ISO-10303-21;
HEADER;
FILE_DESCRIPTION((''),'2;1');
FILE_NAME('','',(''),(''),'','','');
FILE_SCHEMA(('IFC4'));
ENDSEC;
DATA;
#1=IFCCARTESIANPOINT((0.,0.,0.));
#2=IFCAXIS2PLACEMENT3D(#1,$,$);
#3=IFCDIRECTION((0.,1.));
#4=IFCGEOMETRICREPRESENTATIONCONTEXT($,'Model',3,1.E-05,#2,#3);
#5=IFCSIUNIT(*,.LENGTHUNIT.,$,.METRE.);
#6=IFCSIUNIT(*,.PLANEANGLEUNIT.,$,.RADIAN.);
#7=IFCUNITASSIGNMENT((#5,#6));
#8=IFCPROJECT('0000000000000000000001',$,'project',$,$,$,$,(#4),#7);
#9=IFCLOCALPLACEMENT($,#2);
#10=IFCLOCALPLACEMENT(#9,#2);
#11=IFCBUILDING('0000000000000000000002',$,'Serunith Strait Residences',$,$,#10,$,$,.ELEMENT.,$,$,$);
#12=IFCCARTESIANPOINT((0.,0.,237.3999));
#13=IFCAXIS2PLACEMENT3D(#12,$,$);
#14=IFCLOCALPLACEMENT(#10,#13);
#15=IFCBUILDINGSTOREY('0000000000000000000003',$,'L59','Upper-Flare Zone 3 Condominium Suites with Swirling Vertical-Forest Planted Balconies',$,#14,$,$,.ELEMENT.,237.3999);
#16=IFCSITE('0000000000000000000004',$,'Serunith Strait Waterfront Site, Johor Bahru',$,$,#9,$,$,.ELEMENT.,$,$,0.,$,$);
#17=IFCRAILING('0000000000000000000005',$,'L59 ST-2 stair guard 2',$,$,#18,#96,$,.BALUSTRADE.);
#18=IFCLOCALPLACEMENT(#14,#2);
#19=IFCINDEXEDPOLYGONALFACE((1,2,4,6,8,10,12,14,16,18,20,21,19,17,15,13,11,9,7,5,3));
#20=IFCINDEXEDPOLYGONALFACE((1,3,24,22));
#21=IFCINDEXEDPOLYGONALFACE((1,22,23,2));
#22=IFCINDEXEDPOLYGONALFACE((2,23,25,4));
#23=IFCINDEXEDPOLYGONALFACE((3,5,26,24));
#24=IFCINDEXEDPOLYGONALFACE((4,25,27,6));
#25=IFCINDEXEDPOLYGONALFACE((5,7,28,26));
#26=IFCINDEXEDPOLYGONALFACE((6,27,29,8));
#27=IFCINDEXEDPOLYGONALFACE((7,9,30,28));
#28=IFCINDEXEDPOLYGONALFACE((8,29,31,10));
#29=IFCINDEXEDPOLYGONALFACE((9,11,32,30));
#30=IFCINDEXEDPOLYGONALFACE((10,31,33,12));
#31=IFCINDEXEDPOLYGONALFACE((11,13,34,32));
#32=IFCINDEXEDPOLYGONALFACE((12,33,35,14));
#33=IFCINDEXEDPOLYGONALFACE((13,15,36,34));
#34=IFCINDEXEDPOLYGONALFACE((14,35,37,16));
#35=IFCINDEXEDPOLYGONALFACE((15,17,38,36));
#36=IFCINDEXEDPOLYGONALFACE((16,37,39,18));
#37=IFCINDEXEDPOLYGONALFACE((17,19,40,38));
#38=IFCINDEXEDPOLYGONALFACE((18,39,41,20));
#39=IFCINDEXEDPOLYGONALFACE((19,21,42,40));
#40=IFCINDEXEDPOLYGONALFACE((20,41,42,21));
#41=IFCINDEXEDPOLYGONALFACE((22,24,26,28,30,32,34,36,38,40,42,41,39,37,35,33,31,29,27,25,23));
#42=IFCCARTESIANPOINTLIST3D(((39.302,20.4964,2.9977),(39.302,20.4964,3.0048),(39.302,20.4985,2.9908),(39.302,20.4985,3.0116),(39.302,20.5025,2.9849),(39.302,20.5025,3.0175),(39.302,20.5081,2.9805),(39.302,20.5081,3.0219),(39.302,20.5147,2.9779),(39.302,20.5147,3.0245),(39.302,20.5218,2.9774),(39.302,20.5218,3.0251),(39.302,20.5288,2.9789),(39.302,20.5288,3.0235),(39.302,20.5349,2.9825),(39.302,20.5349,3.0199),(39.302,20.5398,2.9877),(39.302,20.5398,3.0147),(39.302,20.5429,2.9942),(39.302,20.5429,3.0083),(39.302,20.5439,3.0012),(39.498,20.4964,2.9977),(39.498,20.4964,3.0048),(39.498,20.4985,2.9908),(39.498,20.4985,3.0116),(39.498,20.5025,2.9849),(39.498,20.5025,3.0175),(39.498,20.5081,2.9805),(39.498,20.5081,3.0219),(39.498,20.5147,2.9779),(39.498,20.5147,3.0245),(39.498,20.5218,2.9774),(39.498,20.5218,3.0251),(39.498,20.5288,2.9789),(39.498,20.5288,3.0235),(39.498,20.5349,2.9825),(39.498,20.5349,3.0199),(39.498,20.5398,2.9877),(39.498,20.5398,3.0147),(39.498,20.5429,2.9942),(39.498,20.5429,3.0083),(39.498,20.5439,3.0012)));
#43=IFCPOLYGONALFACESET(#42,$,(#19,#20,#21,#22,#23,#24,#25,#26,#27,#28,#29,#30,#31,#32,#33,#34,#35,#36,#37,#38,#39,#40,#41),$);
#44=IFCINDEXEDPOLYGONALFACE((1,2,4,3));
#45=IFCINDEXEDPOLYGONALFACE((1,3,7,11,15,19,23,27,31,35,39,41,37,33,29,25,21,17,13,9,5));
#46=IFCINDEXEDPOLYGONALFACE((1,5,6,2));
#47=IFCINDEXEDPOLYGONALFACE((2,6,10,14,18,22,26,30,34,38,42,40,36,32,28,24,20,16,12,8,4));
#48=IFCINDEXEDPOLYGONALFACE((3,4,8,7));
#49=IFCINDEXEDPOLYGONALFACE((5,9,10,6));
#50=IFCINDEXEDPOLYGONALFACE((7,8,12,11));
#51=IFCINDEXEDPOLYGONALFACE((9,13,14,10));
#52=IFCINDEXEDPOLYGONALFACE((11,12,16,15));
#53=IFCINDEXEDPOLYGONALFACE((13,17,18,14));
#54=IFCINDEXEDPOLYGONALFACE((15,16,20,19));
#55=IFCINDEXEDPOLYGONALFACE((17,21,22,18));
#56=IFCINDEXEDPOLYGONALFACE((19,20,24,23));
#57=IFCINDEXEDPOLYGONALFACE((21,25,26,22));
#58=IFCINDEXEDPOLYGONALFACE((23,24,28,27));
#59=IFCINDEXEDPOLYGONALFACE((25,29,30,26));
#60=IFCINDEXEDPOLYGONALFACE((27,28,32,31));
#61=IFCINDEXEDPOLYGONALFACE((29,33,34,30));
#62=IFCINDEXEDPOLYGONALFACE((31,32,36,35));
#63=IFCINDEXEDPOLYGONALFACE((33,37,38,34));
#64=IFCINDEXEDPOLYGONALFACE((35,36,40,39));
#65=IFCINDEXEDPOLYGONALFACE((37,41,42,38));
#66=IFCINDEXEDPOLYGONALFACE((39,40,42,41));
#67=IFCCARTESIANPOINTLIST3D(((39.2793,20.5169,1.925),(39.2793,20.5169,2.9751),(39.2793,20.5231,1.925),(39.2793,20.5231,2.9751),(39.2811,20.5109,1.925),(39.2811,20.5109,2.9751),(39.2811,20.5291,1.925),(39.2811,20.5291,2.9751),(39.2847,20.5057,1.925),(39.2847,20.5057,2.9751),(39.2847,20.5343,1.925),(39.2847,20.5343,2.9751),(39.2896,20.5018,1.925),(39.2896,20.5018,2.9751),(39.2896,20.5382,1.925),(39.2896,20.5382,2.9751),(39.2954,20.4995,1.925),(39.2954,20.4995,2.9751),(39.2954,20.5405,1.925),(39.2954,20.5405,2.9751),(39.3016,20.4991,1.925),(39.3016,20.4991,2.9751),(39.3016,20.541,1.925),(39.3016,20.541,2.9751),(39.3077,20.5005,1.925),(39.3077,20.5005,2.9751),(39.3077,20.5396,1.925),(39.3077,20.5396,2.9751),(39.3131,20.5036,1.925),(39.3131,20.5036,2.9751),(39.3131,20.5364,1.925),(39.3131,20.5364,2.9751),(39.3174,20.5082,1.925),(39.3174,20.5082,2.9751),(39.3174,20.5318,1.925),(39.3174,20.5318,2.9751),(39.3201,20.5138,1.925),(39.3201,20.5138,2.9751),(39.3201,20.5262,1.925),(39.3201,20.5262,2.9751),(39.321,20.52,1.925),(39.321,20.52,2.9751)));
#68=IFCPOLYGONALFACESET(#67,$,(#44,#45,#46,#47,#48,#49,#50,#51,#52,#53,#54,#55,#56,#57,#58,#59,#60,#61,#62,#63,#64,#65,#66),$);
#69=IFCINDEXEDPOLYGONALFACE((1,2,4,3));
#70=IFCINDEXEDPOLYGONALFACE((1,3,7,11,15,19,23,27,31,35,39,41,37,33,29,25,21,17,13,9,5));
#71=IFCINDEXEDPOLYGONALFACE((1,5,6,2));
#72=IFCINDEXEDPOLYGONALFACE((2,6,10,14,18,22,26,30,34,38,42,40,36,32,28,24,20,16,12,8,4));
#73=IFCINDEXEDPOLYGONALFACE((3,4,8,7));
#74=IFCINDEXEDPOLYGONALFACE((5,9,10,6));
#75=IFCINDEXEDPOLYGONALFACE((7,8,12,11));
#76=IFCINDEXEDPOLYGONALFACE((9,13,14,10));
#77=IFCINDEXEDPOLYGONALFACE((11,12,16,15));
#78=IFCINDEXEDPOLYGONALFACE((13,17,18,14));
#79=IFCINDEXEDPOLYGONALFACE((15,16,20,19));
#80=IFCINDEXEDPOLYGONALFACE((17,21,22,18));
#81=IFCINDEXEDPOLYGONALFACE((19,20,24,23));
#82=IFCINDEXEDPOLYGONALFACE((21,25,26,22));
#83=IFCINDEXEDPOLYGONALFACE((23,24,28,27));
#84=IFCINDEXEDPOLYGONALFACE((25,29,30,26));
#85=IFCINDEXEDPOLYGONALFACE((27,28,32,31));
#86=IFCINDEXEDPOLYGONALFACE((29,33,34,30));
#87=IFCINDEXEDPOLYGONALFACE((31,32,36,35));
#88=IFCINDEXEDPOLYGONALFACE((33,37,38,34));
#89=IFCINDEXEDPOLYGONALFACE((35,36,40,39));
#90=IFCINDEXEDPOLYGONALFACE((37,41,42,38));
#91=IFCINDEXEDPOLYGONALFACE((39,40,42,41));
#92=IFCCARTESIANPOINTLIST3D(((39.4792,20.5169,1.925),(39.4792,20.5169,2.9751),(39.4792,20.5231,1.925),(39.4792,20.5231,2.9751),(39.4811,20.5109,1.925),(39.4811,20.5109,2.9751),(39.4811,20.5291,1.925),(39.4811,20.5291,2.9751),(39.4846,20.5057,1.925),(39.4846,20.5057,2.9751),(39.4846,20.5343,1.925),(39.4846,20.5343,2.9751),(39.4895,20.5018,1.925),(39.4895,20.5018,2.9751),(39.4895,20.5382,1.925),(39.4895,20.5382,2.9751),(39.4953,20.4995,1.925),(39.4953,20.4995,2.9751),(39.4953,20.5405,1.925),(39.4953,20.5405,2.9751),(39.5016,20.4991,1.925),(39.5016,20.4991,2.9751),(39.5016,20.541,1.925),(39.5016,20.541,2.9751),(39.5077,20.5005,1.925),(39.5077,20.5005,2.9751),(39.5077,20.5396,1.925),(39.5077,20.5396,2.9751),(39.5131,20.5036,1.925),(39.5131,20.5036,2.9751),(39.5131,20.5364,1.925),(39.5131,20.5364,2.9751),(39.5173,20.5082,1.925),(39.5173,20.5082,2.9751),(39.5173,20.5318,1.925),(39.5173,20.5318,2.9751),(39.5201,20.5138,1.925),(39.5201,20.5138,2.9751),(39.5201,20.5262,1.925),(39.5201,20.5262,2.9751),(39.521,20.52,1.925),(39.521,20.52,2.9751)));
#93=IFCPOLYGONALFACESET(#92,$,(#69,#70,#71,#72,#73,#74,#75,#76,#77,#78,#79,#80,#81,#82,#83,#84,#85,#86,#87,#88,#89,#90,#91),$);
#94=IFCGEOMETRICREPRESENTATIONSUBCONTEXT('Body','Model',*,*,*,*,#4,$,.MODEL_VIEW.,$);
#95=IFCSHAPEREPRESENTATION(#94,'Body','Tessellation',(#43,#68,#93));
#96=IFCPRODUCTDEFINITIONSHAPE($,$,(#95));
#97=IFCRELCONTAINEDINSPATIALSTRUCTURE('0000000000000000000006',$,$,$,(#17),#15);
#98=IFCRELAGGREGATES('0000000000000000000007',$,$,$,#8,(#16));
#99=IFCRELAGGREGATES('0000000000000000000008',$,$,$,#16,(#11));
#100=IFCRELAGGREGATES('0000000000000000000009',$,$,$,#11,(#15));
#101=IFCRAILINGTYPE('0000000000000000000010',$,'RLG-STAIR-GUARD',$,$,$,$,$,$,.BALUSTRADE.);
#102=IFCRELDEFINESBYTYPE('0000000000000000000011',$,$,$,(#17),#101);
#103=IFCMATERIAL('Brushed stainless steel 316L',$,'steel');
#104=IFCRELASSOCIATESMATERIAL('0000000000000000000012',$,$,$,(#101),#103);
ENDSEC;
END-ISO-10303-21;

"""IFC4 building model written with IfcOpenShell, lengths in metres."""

from ifc_helpers import new_model, si_unit, direction, frame, origin, origin_2d, place, context, subcontext, project, spatial, circle, extrude, material, type_object, element, save


model = new_model("IFC4")

# Units and contexts
model_context = context("Model", 3, precision=1e-05, world=origin(), true_north=direction((0.0, 1.0)))
body_context = subcontext(model_context, "Body", "Model", "MODEL_VIEW")
ifc_project = project(units=[si_unit("LENGTHUNIT", "METRE"), si_unit("PLANEANGLEUNIT", "RADIAN")], contexts=[model_context])

# Site, building, storey
site_placement = place(None, origin())
site = spatial("IfcSite", under=ifc_project, at=site_placement, Name="Serunith Strait Waterfront Site, Johor Bahru", CompositionType="ELEMENT", RefElevation=0.0)
building_placement = place(site_placement, origin())
building = spatial("IfcBuilding", under=site, at=building_placement, Name="Serunith Strait Residences", CompositionType="ELEMENT")
storey_placement = place(building_placement, frame((0.0, 0.0, 237.3999)))
storey = spatial("IfcBuildingStorey", under=building, at=storey_placement, Name="L59", Description="Upper-Flare Zone 3 Condominium Suites with Swirling Vertical-Forest Planted Balconies", CompositionType="ELEMENT", Elevation=237.3999)

# Railing
ifc_material_1 = material(Name="Brushed stainless steel 316L", Category="steel")
railing_type_1 = type_object("IfcRailingType", Name="RLG-STAIR-GUARD", PredefinedType="BALUSTRADE", material=ifc_material_1)
railing_1_placement = place(storey_placement, frame((39.3, 20.52, 1.925)))
element("IfcRailing", 1, at=railing_1_placement, inside=storey, type_object=railing_type_1, Name="L59 ST-2 stair guard 2", PredefinedType="BALUSTRADE", context=body_context, shape_type="SweptSolid", body=[
    extrude(circle(Radius=0.0239, at=origin_2d()), frame((0.002, 0.0, 1.0762), z_axis=(1.0, 0.0, 0.0), x_axis=(0.0, 1.0, 0.0)), (0.0, 0.0, 1.0), 0.196),
    extrude(circle(Radius=0.021, at=origin_2d()), origin(), (0.0, 0.0, 1.0), 1.05),
    extrude(circle(Radius=0.021, at=origin_2d()), frame((0.2, 0.0, 0.0)), (0.0, 0.0, 1.0), 1.05),
])

save(model, "model.ifc")
